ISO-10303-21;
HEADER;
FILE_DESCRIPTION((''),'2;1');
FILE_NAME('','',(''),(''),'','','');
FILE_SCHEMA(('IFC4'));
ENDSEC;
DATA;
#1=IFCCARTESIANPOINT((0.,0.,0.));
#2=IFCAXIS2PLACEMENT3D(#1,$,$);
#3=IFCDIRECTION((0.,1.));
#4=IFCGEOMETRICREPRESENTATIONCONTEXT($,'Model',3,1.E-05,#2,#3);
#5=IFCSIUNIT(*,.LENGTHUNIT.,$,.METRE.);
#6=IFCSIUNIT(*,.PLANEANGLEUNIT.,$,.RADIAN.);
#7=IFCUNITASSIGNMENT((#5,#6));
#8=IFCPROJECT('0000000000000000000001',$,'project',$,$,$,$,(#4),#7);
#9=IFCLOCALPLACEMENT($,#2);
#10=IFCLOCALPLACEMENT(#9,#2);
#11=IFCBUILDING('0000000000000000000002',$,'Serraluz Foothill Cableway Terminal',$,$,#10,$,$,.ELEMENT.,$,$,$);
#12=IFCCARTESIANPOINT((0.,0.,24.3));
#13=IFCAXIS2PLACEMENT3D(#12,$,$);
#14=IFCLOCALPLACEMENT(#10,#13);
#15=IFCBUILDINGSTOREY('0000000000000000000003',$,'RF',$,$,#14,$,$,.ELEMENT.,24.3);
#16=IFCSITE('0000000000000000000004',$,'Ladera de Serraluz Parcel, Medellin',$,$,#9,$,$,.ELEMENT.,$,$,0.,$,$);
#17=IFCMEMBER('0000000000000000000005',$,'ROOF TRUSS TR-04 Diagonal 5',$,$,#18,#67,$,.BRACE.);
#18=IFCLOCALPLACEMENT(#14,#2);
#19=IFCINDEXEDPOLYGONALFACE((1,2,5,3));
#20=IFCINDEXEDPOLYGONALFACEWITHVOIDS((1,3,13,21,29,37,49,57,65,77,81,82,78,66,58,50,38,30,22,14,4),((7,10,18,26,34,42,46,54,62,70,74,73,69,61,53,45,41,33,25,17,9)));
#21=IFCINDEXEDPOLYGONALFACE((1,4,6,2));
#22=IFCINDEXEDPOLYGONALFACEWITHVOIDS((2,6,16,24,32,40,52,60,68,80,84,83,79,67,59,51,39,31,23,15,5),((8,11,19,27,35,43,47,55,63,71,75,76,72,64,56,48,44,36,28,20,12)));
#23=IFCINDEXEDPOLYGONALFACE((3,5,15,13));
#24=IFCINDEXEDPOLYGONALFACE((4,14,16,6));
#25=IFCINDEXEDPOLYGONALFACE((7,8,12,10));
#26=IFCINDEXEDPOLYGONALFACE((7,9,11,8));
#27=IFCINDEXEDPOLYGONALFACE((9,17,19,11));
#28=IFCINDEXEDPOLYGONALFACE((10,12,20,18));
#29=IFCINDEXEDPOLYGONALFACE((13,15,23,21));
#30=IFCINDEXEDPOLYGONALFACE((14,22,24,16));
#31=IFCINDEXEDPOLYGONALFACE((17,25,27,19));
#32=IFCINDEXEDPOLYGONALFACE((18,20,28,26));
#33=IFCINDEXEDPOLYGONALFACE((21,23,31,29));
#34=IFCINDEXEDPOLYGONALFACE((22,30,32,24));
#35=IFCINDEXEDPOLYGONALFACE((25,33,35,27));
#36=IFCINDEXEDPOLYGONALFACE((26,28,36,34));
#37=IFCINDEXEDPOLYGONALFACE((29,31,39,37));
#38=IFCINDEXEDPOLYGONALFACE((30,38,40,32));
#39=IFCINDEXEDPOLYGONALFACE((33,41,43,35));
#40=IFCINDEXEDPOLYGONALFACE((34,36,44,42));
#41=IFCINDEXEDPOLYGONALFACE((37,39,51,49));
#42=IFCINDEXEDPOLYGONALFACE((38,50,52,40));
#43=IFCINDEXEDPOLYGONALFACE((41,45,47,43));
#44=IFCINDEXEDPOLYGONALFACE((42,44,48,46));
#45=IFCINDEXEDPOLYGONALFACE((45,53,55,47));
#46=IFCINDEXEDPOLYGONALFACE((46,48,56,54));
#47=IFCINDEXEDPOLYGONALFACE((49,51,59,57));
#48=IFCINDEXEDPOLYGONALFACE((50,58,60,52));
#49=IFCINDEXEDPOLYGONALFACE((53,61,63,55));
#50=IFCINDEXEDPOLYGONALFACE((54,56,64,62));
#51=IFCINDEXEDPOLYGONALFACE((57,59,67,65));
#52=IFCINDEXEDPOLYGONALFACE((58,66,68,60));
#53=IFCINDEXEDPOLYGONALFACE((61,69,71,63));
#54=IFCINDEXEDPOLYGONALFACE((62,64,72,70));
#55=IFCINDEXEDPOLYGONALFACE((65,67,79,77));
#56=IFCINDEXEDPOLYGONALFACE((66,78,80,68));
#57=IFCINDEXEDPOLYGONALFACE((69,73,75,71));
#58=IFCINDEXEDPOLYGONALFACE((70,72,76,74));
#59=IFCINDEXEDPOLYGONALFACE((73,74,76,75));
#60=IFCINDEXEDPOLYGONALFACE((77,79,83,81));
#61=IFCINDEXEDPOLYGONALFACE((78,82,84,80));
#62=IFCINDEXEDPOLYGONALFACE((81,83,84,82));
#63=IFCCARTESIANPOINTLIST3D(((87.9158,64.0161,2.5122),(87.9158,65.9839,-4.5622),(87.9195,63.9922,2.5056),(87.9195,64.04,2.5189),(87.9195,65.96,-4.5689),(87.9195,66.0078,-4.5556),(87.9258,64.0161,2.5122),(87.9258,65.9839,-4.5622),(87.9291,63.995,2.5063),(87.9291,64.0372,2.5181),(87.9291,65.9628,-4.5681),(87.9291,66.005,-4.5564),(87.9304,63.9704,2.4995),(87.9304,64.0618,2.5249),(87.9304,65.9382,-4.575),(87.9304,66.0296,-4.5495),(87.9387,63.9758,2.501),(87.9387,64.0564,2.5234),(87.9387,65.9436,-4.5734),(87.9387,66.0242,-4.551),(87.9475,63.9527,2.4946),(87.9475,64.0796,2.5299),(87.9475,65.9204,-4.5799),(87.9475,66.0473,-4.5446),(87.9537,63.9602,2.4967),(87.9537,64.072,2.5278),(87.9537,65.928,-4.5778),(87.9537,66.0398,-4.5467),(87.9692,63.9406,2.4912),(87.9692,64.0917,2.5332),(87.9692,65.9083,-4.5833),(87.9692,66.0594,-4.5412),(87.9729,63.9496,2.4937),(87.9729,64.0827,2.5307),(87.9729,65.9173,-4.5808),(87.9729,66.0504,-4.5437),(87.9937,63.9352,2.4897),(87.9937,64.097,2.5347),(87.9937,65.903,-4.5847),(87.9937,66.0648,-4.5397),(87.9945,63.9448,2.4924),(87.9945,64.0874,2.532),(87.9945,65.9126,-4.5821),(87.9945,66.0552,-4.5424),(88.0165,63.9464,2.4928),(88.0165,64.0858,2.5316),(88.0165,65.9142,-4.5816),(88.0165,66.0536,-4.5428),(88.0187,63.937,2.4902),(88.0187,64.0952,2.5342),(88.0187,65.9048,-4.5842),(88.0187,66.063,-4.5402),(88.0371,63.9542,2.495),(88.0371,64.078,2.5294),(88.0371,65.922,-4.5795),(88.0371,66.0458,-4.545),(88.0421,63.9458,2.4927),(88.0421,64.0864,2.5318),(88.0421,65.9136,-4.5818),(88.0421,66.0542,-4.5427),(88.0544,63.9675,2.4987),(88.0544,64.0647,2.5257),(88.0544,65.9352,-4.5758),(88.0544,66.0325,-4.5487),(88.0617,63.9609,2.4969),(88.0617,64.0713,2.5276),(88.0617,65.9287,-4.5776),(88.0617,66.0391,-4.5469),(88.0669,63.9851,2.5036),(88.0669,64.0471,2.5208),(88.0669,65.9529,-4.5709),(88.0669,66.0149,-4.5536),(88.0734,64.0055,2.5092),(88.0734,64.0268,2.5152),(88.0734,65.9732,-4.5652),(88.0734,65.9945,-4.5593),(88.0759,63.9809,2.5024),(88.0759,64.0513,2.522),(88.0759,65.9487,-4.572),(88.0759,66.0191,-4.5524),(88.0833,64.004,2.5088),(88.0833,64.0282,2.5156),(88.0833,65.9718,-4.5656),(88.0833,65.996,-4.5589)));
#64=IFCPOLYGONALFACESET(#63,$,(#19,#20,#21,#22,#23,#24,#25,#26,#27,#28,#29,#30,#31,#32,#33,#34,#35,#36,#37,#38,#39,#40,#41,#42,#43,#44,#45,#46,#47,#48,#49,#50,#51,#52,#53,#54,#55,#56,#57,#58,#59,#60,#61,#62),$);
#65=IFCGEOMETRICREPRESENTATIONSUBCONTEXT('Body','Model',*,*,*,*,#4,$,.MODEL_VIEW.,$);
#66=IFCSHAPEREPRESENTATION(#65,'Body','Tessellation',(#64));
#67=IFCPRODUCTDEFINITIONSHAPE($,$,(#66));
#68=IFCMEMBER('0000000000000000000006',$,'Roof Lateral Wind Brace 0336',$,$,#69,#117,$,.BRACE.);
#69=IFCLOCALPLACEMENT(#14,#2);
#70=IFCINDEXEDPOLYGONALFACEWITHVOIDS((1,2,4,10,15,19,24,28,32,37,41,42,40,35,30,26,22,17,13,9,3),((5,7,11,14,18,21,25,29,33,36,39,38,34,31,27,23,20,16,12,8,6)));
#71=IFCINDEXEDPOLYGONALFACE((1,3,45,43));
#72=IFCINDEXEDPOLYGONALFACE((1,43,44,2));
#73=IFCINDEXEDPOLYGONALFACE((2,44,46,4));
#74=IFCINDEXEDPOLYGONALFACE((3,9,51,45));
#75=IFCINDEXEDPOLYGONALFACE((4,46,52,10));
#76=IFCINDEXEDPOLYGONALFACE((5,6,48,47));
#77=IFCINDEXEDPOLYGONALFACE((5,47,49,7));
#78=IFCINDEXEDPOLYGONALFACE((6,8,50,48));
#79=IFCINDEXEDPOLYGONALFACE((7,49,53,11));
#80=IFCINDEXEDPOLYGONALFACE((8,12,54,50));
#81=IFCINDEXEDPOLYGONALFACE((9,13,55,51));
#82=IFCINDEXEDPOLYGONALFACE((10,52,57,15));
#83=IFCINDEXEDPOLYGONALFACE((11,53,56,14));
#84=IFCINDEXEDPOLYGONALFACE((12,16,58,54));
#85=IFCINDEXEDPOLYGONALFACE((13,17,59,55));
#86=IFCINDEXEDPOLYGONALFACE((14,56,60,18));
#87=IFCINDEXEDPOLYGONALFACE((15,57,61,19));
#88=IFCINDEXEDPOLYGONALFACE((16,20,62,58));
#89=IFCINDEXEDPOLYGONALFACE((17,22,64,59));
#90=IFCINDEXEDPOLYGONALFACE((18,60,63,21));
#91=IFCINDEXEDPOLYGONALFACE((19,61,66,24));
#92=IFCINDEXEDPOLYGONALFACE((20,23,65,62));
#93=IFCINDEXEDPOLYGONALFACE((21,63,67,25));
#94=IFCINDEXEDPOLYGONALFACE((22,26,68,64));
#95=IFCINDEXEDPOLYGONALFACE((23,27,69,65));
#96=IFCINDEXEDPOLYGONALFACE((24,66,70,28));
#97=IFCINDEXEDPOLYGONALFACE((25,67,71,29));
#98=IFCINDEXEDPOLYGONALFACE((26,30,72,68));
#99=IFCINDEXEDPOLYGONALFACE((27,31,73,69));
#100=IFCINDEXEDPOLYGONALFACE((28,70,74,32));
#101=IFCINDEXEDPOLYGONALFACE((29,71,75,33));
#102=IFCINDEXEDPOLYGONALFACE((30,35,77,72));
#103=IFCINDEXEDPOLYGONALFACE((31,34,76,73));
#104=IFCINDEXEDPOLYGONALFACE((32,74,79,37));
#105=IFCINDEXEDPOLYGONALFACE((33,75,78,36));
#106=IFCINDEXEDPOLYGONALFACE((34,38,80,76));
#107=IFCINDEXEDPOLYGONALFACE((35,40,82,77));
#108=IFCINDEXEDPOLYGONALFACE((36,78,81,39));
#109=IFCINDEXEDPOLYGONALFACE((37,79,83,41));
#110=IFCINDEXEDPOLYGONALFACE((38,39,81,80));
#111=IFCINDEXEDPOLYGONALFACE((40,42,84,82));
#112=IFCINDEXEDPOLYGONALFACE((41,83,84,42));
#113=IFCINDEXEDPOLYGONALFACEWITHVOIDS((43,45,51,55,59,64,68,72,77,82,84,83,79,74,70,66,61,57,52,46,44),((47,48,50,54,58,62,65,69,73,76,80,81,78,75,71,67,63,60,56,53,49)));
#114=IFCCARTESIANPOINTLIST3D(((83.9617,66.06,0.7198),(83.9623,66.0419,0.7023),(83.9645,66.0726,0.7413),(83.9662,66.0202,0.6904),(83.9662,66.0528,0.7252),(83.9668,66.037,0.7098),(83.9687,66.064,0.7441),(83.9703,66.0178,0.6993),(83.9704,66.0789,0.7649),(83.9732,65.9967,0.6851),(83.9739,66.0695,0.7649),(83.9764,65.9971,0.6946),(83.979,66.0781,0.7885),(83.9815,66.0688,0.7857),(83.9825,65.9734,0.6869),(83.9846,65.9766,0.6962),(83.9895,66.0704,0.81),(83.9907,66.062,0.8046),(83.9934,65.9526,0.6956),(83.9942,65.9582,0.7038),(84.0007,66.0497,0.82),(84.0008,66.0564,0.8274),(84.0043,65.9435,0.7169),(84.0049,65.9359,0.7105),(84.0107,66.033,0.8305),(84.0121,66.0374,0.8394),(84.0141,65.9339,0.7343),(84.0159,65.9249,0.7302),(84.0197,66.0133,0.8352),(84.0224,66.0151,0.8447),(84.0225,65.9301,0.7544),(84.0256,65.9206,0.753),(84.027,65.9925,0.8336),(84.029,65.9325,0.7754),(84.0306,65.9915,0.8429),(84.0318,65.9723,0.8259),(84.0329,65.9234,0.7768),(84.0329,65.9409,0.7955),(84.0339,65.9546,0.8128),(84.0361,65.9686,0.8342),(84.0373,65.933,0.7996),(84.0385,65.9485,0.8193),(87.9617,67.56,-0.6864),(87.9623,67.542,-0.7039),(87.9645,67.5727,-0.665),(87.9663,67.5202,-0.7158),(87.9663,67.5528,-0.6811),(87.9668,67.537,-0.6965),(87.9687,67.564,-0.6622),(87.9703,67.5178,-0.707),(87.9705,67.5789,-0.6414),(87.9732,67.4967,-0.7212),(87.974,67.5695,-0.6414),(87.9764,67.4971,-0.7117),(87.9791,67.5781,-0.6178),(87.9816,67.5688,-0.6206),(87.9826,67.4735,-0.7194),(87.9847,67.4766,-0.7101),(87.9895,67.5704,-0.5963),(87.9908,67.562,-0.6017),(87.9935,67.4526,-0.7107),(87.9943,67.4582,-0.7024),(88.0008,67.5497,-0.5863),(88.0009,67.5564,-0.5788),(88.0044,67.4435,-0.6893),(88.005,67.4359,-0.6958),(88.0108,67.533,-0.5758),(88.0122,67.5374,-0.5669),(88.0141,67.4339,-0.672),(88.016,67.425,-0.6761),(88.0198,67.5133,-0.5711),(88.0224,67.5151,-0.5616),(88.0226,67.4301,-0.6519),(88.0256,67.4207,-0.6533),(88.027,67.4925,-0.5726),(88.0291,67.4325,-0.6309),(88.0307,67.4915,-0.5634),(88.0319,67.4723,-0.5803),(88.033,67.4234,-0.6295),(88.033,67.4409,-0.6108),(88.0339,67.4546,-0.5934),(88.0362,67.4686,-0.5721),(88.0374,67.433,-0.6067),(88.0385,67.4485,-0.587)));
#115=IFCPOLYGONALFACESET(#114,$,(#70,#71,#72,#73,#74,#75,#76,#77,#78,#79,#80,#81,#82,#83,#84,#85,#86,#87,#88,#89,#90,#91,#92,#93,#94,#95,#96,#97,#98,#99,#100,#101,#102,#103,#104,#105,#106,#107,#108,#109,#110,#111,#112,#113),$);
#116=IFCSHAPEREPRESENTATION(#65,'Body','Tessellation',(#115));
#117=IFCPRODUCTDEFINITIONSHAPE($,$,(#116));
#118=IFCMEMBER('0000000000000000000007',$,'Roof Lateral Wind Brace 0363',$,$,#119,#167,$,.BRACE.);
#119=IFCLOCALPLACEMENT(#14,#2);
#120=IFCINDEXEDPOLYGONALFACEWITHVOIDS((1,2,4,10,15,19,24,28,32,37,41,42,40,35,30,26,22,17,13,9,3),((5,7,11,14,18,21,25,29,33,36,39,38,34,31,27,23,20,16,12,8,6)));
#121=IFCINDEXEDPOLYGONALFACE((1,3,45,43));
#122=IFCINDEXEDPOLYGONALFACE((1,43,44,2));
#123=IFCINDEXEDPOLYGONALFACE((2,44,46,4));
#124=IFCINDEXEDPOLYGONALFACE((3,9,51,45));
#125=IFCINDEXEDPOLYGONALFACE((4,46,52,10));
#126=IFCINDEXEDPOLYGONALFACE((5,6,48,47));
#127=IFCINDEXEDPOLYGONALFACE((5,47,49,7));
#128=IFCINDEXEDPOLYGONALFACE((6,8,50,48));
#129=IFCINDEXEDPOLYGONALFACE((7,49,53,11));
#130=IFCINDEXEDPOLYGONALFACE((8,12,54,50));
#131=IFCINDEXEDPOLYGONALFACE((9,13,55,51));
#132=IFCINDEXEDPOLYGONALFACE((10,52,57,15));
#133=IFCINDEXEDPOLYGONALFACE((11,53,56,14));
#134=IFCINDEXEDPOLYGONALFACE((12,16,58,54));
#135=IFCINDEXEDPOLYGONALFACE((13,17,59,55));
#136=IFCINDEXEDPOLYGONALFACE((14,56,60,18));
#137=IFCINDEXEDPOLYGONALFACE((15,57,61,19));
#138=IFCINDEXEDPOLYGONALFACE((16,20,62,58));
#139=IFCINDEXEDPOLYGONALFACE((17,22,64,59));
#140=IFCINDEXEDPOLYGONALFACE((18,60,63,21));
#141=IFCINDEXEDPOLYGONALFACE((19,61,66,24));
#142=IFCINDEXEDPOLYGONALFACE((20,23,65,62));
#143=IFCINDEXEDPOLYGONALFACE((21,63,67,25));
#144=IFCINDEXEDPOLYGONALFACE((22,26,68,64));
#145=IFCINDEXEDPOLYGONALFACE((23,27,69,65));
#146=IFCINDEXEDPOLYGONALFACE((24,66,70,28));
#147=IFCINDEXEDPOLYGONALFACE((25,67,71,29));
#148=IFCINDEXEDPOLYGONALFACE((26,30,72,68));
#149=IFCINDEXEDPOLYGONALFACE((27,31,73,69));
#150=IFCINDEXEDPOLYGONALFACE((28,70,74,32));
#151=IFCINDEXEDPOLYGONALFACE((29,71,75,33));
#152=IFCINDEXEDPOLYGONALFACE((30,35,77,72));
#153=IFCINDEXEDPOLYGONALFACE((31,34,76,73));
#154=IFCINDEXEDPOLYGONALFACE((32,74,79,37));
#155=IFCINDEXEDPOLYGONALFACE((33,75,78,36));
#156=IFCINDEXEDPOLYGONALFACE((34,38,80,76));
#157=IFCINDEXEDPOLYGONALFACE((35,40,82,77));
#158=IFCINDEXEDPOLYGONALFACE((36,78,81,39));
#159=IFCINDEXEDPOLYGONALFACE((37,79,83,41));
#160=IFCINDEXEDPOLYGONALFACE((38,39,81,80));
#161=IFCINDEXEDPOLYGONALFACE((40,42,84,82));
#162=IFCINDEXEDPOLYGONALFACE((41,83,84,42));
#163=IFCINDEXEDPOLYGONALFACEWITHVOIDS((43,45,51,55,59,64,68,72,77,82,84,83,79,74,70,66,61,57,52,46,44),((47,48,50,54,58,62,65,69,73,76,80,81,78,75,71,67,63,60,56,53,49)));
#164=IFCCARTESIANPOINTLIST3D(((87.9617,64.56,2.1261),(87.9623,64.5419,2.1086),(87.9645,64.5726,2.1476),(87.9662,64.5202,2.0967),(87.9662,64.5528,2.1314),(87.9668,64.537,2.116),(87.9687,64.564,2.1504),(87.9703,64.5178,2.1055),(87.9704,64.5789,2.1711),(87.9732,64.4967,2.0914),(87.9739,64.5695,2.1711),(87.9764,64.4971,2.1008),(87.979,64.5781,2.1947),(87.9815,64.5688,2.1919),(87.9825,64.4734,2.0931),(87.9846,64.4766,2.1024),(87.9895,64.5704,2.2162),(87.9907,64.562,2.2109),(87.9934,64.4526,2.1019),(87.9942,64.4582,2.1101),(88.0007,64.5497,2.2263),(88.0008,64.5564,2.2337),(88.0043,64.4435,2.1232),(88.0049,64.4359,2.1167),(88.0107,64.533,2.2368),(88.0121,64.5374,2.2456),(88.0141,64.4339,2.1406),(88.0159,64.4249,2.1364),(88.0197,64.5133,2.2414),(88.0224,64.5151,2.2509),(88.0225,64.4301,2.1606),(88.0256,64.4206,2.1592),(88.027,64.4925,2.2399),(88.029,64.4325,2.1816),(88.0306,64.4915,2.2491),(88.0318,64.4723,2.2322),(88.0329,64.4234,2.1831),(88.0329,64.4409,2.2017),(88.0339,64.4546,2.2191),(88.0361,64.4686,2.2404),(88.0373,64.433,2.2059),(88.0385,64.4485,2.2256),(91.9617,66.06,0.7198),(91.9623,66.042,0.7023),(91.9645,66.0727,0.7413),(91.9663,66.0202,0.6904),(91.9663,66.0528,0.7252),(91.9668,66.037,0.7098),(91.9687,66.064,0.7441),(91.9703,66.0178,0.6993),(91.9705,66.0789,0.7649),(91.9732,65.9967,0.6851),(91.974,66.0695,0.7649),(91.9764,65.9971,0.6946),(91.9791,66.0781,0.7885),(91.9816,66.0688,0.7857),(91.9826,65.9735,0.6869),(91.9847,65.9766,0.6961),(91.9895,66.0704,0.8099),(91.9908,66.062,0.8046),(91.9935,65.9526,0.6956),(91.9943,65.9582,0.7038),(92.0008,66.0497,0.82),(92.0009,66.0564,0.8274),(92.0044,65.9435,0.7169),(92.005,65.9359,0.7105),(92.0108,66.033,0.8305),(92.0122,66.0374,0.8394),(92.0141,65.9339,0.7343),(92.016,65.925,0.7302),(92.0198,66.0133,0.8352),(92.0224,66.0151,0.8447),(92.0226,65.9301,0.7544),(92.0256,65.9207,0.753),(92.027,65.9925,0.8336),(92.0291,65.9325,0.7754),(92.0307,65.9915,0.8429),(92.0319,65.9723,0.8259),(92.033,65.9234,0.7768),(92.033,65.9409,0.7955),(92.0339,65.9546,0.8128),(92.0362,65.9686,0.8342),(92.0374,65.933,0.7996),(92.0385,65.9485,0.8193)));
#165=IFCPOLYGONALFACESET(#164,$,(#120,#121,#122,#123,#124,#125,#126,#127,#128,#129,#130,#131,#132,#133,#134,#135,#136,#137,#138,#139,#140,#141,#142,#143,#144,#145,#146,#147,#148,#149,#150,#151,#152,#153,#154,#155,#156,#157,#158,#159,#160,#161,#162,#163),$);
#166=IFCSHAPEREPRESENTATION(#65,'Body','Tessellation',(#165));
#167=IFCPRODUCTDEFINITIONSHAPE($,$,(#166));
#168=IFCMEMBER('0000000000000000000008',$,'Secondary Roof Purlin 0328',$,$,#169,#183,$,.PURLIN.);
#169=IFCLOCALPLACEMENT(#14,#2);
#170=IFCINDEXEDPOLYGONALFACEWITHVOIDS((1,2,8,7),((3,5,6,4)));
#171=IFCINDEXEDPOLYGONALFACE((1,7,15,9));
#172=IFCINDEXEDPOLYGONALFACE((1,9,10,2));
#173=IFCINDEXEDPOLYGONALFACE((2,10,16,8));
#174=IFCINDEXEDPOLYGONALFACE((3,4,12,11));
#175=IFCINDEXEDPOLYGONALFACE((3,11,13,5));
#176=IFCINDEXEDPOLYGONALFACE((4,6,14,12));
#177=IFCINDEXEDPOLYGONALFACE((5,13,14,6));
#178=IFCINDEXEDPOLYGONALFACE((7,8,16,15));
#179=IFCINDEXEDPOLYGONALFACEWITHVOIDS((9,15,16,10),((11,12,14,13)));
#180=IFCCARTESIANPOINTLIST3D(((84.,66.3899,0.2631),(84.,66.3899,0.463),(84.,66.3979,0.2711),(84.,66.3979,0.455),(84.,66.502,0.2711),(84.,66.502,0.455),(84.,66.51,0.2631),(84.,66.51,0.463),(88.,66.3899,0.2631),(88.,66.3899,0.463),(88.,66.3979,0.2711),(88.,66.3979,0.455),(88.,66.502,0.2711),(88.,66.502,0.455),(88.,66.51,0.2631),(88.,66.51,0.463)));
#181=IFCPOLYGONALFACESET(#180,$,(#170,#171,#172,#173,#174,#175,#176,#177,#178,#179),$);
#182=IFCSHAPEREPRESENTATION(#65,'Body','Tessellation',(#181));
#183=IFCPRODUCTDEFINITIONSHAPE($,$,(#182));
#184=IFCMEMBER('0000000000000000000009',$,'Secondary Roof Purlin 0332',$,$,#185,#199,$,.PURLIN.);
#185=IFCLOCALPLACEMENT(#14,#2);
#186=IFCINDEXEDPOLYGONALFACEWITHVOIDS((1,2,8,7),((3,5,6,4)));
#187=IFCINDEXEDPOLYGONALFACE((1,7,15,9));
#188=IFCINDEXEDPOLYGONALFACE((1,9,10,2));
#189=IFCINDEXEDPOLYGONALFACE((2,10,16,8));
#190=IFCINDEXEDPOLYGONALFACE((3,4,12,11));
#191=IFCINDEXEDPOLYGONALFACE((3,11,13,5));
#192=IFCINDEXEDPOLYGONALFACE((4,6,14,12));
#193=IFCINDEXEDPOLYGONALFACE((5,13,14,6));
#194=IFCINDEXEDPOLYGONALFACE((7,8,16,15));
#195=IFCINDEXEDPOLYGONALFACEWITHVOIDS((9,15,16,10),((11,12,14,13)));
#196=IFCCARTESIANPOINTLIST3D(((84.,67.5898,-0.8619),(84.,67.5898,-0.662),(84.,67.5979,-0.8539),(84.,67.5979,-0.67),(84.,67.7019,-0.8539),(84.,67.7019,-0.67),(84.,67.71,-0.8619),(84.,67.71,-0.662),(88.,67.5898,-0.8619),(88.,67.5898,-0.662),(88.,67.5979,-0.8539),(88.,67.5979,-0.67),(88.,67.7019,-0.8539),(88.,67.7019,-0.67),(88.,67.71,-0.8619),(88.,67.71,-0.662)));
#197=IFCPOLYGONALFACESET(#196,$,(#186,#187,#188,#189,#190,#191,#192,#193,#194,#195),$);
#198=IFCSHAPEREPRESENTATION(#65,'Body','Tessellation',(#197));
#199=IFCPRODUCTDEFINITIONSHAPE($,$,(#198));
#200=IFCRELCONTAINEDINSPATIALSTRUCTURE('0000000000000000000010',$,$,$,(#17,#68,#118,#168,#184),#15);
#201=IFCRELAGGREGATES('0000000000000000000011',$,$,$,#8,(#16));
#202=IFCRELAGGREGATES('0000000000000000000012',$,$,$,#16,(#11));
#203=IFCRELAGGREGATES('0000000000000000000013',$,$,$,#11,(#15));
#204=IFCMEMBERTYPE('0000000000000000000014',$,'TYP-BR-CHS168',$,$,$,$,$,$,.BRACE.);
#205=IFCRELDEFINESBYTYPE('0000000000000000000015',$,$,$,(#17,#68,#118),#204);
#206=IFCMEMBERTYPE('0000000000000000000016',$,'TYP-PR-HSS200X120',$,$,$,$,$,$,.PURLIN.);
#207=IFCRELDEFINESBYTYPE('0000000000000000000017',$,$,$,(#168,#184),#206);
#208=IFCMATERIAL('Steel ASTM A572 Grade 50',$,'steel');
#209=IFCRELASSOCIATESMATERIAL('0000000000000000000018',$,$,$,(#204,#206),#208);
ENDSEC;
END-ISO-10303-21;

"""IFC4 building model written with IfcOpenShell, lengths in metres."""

from ifc_helpers import new_model, si_unit, direction, frame, origin, origin_2d, place, context, subcontext, project, spatial, hollow_rectangle, hollow_circle, extrude, material, material_profile, profile_set, type_object, element, save


model = new_model("IFC4")

# Units and contexts
model_context = context("Model", 3, precision=1e-05, world=origin(), true_north=direction((0.0, 1.0)))
body_context = subcontext(model_context, "Body", "Model", "MODEL_VIEW")
ifc_project = project(units=[si_unit("LENGTHUNIT", "METRE"), si_unit("PLANEANGLEUNIT", "RADIAN")], contexts=[model_context])

# Site, building, storey
site_placement = place(None, origin())
site = spatial("IfcSite", under=ifc_project, at=site_placement, Name="Ladera de Serraluz Parcel, Medellin", CompositionType="ELEMENT", RefElevation=0.0)
building_placement = place(site_placement, origin())
building = spatial("IfcBuilding", under=site, at=building_placement, Name="Serraluz Foothill Cableway Terminal", CompositionType="ELEMENT")
storey_placement = place(building_placement, frame((0.0, 0.0, 24.3)))
storey = spatial("IfcBuildingStorey", under=building, at=storey_placement, Name="RF", CompositionType="ELEMENT", Elevation=24.3)

# Members
ifc_material_1 = material(Name="Steel ASTM A572 Grade 50", Category="steel")
ifc_material_profile_1 = material_profile(ifc_material_1, hollow_circle(Radius=0.0842, WallThickness=0.01, at=origin_2d()), Name="CHS168X10")
ifc_profile_set_1 = profile_set([ifc_material_profile_1], Name="Steel ASTM A572 Grade 50")
member_type_1 = type_object("IfcMemberType", Name="TYP-BR-CHS168", PredefinedType="BRACE", material=ifc_profile_set_1)
member_1_placement = place(storey_placement, frame((88.0, 64.0161, 2.5122), z_axis=(0.0, 0.267978, -0.963425), x_axis=(-1.0, 0.0, 0.0)))
element("IfcMember", 1, at=member_1_placement, inside=storey, type_object=member_type_1, Name="ROOF TRUSS TR-04 Diagonal 5", PredefinedType="BRACE", context=body_context, shape_type="SweptSolid", body=[
    extrude(hollow_circle(Radius=0.0842, WallThickness=0.01, at=origin_2d()), origin(), (0.0, 0.0, 1.0), 7.343),
])
for number, where, z_axis, x_axis, name in (
    (2, (84.0, 66.0, 0.7649), (0.889382, 0.333518, -0.312673), (-0.351123, 0.936329, 0.0), "Roof Lateral Wind Brace 0336"),
    (3, (88.0, 64.5, 2.1711), (0.889382, 0.333518, -0.312673), (-0.351123, 0.936329, 0.0), "Roof Lateral Wind Brace 0363"),
):
    element("IfcMember", number, at=place(storey_placement, frame(where, z_axis=z_axis, x_axis=x_axis)), inside=storey, type_object=member_type_1, Name=name, PredefinedType="BRACE", context=body_context, shape_type="SweptSolid", body=[
        extrude(hollow_circle(Radius=0.0842, WallThickness=0.01, at=origin_2d()), origin(), (0.0, 0.0, 1.0), 4.4976),
    ])
ifc_material_profile_2 = material_profile(ifc_material_1, hollow_rectangle(XDim=0.1201, YDim=0.2, WallThickness=0.0081, at=origin_2d()), Name="HSS200X120X8")
ifc_profile_set_2 = profile_set([ifc_material_profile_2], Name="Steel ASTM A572 Grade 50")
member_type_2 = type_object("IfcMemberType", Name="TYP-PR-HSS200X120", PredefinedType="PURLIN", material=ifc_profile_set_2)
for number, where, z_axis, x_axis, name in (
    (4, (84.0, 66.45, 0.363), (1.0, 0.0, 0.0), (0.0, 1.0, 0.0), "Secondary Roof Purlin 0328"),
    (5, (84.0, 67.6499, -0.762), (1.0, 0.0, 0.0), (0.0, 1.0, 0.0), "Secondary Roof Purlin 0332"),
):
    element("IfcMember", number, at=place(storey_placement, frame(where, z_axis=z_axis, x_axis=x_axis)), inside=storey, type_object=member_type_2, Name=name, PredefinedType="PURLIN", context=body_context, shape_type="SweptSolid", body=[
        extrude(hollow_rectangle(XDim=0.1201, YDim=0.2, WallThickness=0.0081, at=origin_2d()), origin(), (0.0, 0.0, 1.0), 4.0),
    ])

save(model, "model.ifc")
